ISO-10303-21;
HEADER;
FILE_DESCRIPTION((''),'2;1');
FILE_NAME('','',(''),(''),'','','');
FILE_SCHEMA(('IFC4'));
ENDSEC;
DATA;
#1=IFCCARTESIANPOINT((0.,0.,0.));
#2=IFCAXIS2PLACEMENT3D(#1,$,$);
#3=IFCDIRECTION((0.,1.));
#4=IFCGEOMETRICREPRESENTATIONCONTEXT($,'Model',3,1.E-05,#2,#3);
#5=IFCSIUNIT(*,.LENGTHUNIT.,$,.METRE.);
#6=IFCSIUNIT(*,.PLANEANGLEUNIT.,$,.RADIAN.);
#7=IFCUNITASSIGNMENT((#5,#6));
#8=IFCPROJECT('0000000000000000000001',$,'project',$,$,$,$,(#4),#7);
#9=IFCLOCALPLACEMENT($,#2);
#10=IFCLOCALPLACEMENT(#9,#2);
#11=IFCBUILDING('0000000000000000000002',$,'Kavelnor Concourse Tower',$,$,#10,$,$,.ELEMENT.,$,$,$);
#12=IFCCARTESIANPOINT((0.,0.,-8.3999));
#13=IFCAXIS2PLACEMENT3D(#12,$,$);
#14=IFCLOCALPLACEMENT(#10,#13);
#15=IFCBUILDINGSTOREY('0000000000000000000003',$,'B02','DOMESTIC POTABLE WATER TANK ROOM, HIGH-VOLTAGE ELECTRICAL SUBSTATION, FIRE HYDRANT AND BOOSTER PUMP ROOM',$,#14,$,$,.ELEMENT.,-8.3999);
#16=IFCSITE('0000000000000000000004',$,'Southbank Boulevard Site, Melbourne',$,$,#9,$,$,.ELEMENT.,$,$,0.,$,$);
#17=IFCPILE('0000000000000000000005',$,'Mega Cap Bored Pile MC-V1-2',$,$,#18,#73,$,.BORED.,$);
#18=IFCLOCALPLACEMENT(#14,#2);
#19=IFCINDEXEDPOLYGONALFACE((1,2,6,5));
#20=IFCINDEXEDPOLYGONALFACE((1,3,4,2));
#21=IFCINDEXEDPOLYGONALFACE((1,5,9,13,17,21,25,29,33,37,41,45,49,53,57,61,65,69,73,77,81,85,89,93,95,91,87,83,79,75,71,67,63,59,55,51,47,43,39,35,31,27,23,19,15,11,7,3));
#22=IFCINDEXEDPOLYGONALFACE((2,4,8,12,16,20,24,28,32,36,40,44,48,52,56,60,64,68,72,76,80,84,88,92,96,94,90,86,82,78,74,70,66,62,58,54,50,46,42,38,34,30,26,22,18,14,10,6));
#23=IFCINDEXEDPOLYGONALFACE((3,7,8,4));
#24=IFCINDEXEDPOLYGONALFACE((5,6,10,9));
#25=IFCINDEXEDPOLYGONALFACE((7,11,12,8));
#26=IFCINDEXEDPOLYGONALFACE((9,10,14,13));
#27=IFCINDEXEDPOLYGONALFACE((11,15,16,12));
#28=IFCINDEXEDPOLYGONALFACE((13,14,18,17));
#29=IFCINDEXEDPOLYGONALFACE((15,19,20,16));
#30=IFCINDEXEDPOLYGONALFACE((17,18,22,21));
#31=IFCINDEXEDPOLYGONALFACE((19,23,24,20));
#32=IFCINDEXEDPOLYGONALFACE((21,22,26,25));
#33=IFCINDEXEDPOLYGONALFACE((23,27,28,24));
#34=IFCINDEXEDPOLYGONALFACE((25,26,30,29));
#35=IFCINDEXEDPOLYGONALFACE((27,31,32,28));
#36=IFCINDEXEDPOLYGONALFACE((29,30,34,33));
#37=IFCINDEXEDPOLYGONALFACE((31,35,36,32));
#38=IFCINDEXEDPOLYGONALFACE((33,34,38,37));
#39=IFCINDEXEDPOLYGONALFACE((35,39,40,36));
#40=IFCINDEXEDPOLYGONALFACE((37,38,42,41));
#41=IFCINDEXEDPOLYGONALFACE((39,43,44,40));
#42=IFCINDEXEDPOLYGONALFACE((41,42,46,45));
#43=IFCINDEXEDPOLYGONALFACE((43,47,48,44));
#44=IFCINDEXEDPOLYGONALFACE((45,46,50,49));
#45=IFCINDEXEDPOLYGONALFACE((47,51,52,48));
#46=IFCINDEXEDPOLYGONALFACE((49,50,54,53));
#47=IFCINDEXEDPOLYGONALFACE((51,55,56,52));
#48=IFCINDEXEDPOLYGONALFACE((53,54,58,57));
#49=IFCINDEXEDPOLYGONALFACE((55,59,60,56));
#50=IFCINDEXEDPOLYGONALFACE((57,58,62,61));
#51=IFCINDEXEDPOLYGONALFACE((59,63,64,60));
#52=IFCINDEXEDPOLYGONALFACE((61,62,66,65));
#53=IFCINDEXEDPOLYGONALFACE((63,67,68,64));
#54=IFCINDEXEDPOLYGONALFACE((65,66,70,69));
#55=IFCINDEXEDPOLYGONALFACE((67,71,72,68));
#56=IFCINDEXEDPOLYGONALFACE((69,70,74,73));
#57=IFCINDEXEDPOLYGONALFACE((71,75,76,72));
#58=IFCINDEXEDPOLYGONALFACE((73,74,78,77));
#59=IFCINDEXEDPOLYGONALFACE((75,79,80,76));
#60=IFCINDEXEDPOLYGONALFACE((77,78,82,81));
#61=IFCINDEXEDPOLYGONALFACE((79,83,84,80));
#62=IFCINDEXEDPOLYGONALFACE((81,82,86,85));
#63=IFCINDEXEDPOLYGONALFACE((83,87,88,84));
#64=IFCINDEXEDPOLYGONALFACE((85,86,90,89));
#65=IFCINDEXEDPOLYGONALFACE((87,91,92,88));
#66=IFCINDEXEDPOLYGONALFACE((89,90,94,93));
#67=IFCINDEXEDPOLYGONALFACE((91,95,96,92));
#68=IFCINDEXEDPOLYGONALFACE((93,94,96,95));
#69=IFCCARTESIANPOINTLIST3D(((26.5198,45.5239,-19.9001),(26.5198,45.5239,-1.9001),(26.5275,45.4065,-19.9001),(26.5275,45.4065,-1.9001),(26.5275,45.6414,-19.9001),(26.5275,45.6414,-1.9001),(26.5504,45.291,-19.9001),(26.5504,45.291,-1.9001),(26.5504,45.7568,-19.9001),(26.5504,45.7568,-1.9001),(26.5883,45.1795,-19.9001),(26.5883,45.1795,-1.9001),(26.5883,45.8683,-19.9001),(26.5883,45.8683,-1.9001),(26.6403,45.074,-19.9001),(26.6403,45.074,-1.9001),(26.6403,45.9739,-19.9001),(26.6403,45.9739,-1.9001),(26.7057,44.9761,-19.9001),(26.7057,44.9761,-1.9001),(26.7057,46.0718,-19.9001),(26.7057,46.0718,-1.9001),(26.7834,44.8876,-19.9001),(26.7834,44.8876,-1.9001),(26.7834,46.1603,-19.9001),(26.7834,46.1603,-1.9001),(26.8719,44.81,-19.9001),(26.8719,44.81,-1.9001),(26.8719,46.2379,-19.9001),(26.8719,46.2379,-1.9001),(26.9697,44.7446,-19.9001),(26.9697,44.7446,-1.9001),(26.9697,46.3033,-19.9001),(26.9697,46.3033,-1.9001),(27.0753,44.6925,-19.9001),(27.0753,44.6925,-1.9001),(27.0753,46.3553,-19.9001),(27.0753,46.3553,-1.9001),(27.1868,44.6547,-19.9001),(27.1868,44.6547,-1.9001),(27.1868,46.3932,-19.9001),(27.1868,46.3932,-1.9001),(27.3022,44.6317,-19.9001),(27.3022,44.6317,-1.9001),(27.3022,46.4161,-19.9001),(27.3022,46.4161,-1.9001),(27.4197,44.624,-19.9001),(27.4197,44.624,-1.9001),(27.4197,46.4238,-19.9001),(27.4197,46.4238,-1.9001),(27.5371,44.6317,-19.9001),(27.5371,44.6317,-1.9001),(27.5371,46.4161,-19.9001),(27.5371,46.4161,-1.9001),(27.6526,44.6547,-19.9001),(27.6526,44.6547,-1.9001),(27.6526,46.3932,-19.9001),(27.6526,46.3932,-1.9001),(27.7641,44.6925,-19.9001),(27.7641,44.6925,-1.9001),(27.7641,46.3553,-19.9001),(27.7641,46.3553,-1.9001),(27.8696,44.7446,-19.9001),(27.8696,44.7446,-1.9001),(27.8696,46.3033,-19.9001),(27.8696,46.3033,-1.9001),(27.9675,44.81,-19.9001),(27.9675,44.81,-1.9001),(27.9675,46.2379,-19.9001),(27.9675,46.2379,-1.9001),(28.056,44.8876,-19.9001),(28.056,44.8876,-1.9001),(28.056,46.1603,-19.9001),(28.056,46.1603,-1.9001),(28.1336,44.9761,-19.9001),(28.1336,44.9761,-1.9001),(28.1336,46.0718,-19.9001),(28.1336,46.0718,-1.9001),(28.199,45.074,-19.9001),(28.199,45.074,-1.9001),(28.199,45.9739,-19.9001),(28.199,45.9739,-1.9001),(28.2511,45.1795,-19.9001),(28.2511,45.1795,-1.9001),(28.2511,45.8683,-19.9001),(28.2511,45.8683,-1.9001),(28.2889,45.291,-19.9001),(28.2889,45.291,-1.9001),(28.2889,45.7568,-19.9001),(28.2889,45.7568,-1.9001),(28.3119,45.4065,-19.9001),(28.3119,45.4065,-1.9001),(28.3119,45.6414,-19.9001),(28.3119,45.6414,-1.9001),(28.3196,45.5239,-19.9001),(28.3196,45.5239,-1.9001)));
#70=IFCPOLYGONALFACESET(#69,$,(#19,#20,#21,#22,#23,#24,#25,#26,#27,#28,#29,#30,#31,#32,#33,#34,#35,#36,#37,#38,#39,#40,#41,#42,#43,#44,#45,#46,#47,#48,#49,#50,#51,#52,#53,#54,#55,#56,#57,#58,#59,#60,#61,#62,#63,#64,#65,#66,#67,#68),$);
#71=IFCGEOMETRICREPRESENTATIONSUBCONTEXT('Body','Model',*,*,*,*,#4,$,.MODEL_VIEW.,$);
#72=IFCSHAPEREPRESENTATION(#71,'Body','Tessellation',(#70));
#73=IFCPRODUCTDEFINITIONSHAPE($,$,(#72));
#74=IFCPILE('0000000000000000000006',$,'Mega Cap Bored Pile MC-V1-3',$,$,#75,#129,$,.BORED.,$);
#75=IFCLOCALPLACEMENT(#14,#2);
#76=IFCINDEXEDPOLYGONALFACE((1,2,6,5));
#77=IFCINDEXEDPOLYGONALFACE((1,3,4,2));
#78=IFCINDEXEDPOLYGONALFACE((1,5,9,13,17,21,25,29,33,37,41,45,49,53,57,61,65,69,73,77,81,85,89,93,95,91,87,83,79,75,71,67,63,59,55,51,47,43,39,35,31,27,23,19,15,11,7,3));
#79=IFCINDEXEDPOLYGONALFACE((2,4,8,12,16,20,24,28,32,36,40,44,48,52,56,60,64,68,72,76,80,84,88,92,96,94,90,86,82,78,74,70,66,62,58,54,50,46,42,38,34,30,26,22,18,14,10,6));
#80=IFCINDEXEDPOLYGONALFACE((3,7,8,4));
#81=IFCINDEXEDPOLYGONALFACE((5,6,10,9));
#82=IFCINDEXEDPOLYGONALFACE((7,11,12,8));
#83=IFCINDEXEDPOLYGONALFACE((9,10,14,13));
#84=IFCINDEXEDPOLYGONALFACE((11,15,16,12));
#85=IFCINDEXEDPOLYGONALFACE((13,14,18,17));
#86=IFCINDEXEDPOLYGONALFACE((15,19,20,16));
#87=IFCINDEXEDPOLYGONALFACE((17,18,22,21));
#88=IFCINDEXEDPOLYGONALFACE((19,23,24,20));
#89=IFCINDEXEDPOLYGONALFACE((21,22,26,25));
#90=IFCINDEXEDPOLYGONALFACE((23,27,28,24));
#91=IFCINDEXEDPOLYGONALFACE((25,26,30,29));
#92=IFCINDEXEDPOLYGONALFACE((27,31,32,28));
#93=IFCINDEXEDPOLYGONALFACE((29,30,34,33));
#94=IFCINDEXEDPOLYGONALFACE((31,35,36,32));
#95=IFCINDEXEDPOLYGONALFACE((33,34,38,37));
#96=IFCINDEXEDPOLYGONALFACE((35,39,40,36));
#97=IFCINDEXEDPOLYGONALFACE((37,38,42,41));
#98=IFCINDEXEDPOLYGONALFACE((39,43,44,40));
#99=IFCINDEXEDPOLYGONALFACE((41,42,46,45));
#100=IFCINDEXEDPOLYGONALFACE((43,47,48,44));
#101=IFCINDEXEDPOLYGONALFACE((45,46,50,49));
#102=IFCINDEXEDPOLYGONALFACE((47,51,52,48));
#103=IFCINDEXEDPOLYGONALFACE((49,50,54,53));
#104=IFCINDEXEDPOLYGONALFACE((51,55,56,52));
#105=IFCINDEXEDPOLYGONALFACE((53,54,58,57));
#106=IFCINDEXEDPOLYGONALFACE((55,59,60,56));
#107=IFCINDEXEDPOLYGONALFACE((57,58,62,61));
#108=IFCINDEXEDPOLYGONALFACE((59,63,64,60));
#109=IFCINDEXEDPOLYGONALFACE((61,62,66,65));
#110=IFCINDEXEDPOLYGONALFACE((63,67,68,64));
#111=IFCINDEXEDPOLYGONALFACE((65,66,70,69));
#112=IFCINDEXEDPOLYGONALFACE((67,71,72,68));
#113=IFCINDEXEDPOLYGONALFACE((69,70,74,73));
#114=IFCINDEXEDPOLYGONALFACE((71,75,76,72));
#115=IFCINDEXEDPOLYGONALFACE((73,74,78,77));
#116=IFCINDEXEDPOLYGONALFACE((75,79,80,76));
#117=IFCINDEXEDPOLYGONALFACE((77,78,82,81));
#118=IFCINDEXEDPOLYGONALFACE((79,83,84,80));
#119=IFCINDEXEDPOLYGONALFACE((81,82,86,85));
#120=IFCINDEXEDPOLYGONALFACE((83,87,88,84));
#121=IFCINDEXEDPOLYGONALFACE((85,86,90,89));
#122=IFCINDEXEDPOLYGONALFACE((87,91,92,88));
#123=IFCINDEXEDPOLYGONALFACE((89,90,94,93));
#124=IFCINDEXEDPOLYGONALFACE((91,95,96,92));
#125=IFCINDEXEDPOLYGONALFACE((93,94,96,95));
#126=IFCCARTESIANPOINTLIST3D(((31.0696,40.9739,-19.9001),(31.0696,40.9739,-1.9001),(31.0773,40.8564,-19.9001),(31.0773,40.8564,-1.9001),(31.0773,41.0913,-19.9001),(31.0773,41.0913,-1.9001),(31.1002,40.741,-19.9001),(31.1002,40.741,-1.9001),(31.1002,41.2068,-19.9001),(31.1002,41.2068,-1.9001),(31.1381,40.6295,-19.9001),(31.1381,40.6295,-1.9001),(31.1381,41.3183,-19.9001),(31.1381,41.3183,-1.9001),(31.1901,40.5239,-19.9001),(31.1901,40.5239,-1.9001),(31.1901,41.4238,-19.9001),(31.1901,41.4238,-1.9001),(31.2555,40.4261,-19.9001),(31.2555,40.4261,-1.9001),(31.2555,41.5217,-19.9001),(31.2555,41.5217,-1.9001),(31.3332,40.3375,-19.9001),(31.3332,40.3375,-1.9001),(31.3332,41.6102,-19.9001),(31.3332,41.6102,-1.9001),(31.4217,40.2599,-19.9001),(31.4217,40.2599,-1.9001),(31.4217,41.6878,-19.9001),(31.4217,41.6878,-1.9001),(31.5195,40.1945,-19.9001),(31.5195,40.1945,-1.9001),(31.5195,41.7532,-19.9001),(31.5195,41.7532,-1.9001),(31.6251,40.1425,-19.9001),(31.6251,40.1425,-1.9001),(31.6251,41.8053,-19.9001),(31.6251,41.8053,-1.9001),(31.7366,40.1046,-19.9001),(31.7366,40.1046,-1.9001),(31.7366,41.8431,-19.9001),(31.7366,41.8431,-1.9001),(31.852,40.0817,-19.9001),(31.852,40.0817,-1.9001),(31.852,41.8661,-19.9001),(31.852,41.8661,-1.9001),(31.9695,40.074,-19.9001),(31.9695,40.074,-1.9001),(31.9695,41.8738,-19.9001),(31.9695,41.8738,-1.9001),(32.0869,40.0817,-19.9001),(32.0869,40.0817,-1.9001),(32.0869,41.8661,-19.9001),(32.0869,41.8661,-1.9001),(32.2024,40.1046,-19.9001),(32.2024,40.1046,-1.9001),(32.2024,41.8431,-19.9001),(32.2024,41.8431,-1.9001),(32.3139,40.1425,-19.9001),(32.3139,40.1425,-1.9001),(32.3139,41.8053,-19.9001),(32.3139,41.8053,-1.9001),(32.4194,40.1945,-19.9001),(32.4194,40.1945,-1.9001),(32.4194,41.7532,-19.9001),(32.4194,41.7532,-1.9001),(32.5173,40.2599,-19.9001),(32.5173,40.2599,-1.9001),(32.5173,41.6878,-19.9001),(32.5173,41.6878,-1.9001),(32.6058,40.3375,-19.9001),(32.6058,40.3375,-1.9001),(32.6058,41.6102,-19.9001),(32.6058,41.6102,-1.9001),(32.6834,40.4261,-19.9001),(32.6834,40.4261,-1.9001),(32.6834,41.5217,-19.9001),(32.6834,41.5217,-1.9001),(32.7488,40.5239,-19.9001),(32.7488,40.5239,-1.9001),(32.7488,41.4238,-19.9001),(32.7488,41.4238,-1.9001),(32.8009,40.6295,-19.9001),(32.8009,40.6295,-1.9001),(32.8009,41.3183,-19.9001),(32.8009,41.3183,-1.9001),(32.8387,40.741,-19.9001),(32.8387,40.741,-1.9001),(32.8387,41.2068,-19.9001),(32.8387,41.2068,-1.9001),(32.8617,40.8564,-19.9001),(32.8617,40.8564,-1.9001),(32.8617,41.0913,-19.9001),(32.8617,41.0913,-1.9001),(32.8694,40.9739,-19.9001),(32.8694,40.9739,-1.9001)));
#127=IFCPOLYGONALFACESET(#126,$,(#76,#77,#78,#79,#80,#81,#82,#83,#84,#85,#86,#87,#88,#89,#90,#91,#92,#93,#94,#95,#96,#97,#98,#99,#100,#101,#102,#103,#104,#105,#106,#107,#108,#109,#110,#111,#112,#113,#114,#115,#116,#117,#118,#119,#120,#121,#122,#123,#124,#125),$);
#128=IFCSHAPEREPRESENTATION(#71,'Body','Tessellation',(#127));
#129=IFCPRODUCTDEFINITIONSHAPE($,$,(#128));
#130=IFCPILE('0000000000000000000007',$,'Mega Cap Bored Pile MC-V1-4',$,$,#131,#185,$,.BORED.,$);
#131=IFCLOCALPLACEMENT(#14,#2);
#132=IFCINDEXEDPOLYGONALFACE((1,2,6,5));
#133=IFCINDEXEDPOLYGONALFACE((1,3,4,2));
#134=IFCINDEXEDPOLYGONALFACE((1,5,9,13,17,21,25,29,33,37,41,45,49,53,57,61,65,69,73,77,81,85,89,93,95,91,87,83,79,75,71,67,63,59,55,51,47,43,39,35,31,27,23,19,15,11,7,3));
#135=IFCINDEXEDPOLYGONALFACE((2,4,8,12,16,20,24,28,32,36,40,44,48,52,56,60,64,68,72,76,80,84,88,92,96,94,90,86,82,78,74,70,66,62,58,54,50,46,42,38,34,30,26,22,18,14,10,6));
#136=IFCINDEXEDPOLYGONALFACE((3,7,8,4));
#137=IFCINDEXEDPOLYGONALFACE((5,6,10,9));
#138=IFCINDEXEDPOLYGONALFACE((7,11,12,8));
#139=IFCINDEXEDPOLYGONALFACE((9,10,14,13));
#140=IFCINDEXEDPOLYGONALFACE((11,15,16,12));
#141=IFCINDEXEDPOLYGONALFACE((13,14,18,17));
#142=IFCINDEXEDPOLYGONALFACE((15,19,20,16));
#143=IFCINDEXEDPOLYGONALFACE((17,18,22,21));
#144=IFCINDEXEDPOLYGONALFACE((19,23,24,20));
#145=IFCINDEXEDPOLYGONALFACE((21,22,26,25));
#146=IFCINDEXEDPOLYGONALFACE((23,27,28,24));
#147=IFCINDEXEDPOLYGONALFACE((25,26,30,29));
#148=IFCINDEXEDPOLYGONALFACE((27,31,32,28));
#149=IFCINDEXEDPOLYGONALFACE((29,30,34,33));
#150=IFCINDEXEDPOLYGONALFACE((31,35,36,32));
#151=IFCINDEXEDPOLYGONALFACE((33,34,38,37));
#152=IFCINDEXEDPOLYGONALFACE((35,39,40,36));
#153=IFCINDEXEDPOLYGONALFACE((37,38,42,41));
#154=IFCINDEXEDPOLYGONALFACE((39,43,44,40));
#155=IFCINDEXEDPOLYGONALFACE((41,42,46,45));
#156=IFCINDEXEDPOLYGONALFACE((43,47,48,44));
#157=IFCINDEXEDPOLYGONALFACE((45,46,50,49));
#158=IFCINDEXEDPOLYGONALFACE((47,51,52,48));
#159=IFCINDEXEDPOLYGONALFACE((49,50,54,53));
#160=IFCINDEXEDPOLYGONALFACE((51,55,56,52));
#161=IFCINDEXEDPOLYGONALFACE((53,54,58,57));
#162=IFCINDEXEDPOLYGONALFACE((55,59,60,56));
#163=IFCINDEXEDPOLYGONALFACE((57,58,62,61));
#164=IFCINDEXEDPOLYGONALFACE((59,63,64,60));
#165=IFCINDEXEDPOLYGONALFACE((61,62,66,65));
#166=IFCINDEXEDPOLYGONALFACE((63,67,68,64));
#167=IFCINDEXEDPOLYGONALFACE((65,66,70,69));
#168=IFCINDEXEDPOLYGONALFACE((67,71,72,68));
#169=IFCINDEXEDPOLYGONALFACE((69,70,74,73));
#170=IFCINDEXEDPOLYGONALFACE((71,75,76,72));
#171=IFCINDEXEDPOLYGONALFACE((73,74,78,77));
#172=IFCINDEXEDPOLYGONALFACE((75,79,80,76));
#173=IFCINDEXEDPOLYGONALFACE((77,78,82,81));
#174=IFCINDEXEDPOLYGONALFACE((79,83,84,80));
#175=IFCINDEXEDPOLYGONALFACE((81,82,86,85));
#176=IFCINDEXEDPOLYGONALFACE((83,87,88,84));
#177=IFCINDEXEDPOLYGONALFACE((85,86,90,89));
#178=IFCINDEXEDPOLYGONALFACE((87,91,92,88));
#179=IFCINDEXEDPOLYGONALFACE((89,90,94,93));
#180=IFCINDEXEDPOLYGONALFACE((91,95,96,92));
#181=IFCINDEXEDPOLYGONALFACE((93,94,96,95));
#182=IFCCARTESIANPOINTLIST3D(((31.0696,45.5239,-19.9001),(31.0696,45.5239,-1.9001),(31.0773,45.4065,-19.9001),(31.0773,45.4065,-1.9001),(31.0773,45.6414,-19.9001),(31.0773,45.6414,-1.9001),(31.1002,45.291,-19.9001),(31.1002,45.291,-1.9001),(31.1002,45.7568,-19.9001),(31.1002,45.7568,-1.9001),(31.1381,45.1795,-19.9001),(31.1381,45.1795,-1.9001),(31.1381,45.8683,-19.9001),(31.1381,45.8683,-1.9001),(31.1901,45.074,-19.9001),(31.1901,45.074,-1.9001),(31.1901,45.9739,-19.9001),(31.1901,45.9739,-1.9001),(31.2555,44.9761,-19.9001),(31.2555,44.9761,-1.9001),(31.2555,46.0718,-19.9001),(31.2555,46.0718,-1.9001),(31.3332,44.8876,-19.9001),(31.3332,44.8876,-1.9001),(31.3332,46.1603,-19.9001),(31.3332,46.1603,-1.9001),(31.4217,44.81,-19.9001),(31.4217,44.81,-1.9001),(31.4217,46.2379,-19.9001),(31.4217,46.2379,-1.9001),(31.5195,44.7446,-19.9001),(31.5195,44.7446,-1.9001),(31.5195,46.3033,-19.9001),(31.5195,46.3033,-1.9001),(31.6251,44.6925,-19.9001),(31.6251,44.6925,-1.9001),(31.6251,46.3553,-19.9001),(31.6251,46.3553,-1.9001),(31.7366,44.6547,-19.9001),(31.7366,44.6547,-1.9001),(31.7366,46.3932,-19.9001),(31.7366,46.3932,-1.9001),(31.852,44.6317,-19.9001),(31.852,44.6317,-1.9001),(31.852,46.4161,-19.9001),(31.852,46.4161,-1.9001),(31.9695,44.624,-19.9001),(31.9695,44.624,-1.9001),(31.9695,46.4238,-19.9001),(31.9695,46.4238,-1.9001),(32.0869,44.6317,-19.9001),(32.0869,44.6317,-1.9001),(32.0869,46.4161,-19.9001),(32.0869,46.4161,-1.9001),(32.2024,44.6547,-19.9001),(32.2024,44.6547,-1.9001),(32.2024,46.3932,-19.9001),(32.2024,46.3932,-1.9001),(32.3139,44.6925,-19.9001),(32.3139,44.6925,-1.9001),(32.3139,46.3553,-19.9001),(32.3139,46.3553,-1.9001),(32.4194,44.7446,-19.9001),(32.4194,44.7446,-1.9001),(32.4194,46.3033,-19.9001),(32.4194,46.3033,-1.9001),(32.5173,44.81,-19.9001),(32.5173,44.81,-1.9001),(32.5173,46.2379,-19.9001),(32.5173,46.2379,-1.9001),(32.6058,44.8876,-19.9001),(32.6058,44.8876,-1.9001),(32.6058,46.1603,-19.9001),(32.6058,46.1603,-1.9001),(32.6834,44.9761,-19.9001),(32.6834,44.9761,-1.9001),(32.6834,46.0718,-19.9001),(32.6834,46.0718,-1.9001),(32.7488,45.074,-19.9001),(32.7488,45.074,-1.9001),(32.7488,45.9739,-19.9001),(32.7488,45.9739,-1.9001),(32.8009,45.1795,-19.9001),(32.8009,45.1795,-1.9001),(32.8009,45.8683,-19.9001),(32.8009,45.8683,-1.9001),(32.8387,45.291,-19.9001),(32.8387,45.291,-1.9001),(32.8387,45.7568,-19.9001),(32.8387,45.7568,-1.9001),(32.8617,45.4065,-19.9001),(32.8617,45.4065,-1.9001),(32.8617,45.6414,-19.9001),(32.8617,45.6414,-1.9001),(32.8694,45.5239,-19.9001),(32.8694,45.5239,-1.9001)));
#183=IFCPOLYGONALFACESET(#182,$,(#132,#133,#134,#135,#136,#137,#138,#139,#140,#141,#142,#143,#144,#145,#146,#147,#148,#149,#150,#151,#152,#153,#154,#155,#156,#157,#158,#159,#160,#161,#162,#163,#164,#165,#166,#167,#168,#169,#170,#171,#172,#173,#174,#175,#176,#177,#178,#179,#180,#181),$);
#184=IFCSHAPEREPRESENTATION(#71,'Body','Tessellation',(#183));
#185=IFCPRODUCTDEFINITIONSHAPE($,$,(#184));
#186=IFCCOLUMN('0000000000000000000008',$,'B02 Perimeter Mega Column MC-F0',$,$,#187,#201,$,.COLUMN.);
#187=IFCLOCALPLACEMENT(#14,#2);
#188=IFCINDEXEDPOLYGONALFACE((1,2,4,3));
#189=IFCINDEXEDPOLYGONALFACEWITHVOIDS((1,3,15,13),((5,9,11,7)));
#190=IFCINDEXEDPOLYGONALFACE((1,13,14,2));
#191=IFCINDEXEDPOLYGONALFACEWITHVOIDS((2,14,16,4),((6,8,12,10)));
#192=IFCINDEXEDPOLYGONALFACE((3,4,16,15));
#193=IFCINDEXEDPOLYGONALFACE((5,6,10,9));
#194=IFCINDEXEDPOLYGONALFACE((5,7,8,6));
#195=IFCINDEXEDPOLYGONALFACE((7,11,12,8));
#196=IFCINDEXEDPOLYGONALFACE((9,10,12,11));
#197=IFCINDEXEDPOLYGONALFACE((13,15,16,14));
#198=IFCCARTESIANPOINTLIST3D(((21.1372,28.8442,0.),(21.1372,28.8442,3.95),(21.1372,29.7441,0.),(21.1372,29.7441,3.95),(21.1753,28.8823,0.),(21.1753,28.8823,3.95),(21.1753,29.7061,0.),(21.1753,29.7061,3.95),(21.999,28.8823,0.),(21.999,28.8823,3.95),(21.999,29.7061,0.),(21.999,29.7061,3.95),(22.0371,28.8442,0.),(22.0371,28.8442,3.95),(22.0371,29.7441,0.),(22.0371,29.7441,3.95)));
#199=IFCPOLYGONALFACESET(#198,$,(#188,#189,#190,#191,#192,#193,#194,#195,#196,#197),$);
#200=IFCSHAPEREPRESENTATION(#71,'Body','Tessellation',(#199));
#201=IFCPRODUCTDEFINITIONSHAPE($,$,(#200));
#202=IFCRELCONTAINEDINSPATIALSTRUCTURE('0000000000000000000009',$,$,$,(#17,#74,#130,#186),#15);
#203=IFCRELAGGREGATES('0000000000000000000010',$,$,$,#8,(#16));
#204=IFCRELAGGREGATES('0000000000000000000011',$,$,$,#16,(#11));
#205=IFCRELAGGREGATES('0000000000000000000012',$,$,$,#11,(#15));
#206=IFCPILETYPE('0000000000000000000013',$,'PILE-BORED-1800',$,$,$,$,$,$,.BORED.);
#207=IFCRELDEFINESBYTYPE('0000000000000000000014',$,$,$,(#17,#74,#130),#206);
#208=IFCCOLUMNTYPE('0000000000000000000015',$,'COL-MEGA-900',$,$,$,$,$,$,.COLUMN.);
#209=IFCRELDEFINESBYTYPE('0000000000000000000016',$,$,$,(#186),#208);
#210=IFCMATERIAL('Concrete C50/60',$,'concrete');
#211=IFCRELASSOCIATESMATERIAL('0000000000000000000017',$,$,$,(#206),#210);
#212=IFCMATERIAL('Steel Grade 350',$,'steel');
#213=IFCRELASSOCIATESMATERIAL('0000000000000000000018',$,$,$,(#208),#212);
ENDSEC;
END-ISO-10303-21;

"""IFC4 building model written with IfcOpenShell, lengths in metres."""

from ifc_helpers import new_model, si_unit, direction, frame, origin, origin_2d, place, context, subcontext, project, spatial, hollow_rectangle, circle, extrude, material, material_profile, profile_set, type_object, element, save


model = new_model("IFC4")

# Units and contexts
model_context = context("Model", 3, precision=1e-05, world=origin(), true_north=direction((0.0, 1.0)))
body_context = subcontext(model_context, "Body", "Model", "MODEL_VIEW")
ifc_project = project(units=[si_unit("LENGTHUNIT", "METRE"), si_unit("PLANEANGLEUNIT", "RADIAN")], contexts=[model_context])

# Site, building, storey
site_placement = place(None, origin())
site = spatial("IfcSite", under=ifc_project, at=site_placement, Name="Southbank Boulevard Site, Melbourne", CompositionType="ELEMENT", RefElevation=0.0)
building_placement = place(site_placement, origin())
building = spatial("IfcBuilding", under=site, at=building_placement, Name="Kavelnor Concourse Tower", CompositionType="ELEMENT")
storey_placement = place(building_placement, frame((0.0, 0.0, -8.3999)))
storey = spatial("IfcBuildingStorey", under=building, at=storey_placement, Name="B02", Description="DOMESTIC POTABLE WATER TANK ROOM, HIGH-VOLTAGE ELECTRICAL SUBSTATION, FIRE HYDRANT AND BOOSTER PUMP ROOM", CompositionType="ELEMENT", Elevation=-8.3999)

# Shared definitions
ifc_material_1 = material(Name="Concrete C50/60", Category="concrete")

# Piles
ifc_material_profile_1 = material_profile(ifc_material_1, circle(Radius=0.8999, at=origin_2d()), Name="PILE-D1800")
ifc_profile_set_1 = profile_set([ifc_material_profile_1], Name="Concrete C50/60")
pile_type_1 = type_object("IfcPileType", Name="PILE-BORED-1800", PredefinedType="BORED", material=ifc_profile_set_1)
for number, where, z_axis, x_axis, name in (
    (1, (27.4197, 45.5239, -1.9001), (0.0, 0.0, -1.0), (1.0, 0.0, 0.0), "Mega Cap Bored Pile MC-V1-2"),
    (2, (31.9695, 40.9739, -1.9001), (0.0, 0.0, -1.0), (1.0, 0.0, 0.0), "Mega Cap Bored Pile MC-V1-3"),
    (3, (31.9695, 45.5239, -1.9001), (0.0, 0.0, -1.0), (1.0, 0.0, 0.0), "Mega Cap Bored Pile MC-V1-4"),
):
    element("IfcPile", number, at=place(storey_placement, frame(where, z_axis=z_axis, x_axis=x_axis)), inside=storey, type_object=pile_type_1, Name=name, PredefinedType="BORED", context=body_context, shape_type="SweptSolid", body=[
        extrude(circle(Radius=0.8999, at=origin_2d()), origin(), (0.0, 0.0, 1.0), 18.0),
    ])

# Column
ifc_material_2 = material(Name="Steel Grade 350", Category="steel")
ifc_material_profile_2 = material_profile(ifc_material_2, hollow_rectangle(XDim=0.8999, YDim=0.8999, WallThickness=0.0381, at=origin_2d()), Name="SHS 900x900x38")
ifc_profile_set_2 = profile_set([ifc_material_profile_2], Name="Steel Grade 350")
column_type_1 = type_object("IfcColumnType", Name="COL-MEGA-900", PredefinedType="COLUMN", material=ifc_profile_set_2)
column_1_placement = place(storey_placement, frame((21.5872, 29.2942, 0.0), z_axis=(0.0, 0.0, 1.0), x_axis=(1.0, 0.0, 0.0)))
element("IfcColumn", 4, at=column_1_placement, inside=storey, type_object=column_type_1, Name="B02 Perimeter Mega Column MC-F0", PredefinedType="COLUMN", context=body_context, shape_type="SweptSolid", body=[
    extrude(hollow_rectangle(XDim=0.8999, YDim=0.8999, WallThickness=0.0381, at=origin_2d()), origin(), (0.0, 0.0, 1.0), 3.95),
])

save(model, "model.ifc")
